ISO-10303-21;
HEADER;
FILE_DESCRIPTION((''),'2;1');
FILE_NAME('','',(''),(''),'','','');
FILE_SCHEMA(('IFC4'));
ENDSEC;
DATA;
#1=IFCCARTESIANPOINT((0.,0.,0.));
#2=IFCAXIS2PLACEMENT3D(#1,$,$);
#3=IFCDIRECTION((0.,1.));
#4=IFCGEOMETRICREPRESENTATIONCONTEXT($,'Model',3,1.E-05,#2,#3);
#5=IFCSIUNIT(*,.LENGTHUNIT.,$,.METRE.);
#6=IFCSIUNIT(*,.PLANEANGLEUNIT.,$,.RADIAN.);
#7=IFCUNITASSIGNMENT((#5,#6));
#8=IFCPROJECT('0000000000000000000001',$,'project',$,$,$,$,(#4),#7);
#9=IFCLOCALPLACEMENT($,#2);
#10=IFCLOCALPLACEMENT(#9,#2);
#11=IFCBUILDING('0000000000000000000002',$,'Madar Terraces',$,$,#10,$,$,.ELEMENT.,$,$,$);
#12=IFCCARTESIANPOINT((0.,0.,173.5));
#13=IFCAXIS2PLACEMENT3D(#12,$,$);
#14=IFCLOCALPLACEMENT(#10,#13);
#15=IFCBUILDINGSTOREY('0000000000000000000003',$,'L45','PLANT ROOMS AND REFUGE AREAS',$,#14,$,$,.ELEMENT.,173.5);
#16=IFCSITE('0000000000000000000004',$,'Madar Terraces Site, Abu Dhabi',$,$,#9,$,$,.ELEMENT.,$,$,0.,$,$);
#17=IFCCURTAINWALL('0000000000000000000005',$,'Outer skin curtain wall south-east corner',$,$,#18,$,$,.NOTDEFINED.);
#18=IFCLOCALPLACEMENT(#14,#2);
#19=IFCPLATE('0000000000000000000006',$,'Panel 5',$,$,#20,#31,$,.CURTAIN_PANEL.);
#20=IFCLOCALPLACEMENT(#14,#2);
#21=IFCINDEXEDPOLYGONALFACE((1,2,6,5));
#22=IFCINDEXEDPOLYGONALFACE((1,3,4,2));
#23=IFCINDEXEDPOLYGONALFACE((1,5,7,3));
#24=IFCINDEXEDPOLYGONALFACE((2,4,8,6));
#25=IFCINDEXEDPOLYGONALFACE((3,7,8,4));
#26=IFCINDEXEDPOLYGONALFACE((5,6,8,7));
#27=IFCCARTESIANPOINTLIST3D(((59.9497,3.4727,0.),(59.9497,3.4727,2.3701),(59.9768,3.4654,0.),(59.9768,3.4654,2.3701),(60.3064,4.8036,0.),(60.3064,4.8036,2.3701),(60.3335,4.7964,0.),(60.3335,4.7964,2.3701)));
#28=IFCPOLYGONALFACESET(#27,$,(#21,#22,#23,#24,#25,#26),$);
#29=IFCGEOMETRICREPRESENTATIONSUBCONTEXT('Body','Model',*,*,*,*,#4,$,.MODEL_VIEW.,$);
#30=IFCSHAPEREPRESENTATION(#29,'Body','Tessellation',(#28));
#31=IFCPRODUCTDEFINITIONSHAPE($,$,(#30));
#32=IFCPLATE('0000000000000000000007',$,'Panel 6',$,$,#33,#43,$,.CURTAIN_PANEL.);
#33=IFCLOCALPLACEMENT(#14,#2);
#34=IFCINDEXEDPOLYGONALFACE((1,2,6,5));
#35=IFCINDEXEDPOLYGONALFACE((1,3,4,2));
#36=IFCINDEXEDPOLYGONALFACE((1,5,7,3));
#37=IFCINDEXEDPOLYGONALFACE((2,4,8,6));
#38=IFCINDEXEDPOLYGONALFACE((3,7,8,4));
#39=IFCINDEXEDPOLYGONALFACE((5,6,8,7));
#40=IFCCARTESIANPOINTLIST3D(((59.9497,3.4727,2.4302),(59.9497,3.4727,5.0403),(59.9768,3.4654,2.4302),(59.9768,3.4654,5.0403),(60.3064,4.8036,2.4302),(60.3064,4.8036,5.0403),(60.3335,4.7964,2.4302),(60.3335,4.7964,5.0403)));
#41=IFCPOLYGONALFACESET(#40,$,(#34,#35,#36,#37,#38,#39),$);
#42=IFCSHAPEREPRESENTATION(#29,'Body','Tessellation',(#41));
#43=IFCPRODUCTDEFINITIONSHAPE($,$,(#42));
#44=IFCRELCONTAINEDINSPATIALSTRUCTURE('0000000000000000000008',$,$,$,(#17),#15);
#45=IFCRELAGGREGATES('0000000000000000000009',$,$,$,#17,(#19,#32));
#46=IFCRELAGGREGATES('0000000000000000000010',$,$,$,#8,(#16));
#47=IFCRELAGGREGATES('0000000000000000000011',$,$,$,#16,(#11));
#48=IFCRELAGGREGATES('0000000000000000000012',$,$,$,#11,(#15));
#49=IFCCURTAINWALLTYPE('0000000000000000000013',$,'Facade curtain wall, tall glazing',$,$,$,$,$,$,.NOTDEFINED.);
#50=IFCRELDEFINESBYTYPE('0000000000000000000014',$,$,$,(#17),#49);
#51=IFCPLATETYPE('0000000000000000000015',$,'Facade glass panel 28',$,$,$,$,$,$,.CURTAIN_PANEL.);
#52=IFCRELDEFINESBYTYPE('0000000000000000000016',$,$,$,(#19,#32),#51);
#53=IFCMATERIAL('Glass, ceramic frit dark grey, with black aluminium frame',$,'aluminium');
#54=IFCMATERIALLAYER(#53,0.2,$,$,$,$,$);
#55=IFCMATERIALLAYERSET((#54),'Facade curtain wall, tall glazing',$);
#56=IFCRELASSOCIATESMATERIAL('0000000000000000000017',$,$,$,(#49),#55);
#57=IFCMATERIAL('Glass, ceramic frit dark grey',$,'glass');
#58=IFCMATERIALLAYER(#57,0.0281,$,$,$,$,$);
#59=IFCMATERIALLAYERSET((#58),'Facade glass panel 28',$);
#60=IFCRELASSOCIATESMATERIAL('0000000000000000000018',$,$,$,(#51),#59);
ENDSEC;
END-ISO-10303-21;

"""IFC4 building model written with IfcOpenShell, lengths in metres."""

from ifc_helpers import new_model, si_unit, direction, frame, origin, origin_2d, place, context, subcontext, project, spatial, rectangle, extrude, material, layer, layer_set, type_object, element, aggregate, save


model = new_model("IFC4")

# Units and contexts
model_context = context("Model", 3, precision=1e-05, world=origin(), true_north=direction((0.0, 1.0)))
body_context = subcontext(model_context, "Body", "Model", "MODEL_VIEW")
ifc_project = project(units=[si_unit("LENGTHUNIT", "METRE"), si_unit("PLANEANGLEUNIT", "RADIAN")], contexts=[model_context])

# Site, building, storey
site_placement = place(None, origin())
site = spatial("IfcSite", under=ifc_project, at=site_placement, Name="Madar Terraces Site, Abu Dhabi", CompositionType="ELEMENT", RefElevation=0.0)
building_placement = place(site_placement, origin())
building = spatial("IfcBuilding", under=site, at=building_placement, Name="Madar Terraces", CompositionType="ELEMENT")
storey_placement = place(building_placement, frame((0.0, 0.0, 173.5)))
storey = spatial("IfcBuildingStorey", under=building, at=storey_placement, Name="L45", Description="PLANT ROOMS AND REFUGE AREAS", CompositionType="ELEMENT", Elevation=173.5)

# Curtain wall
ifc_material_1 = material(Name="Glass, ceramic frit dark grey, with black aluminium frame", Category="aluminium")
ifc_layer_1 = layer(ifc_material_1, 0.2)
ifc_layer_set_1 = layer_set([ifc_layer_1], Name="Facade curtain wall, tall glazing")
curtain_wall_type = type_object("IfcCurtainWallType", Name="Facade curtain wall, tall glazing", PredefinedType="NOTDEFINED", material=ifc_layer_set_1)
curtain_wall_1_placement = place(storey_placement, origin())
curtain_wall_1 = element("IfcCurtainWall", 1, at=curtain_wall_1_placement, inside=storey, type_object=curtain_wall_type, Name="Outer skin curtain wall south-east corner", PredefinedType="NOTDEFINED")

# Plates
ifc_material_2 = material(Name="Glass, ceramic frit dark grey", Category="glass")
ifc_layer_2 = layer(ifc_material_2, 0.0281)
ifc_layer_set_2 = layer_set([ifc_layer_2], Name="Facade glass panel 28")
plate_type = type_object("IfcPlateType", Name="Facade glass panel 28", PredefinedType="CURTAIN_PANEL", material=ifc_layer_set_2)
plate_1_placement = place(storey_placement, frame((60.1416, 4.1345, 0.0), z_axis=(0.0, 0.0, 1.0), x_axis=(0.258819, 0.965926, 0.0)))
plate_1 = element("IfcPlate", 2, at=plate_1_placement, type_object=plate_type, Name="Panel 5", PredefinedType="CURTAIN_PANEL", context=body_context, shape_type="SweptSolid", body=[
    extrude(rectangle(XDim=1.3779, YDim=0.0281, at=origin_2d()), origin(), (0.0, 0.0, 1.0), 2.3701),
])
plate_2_placement = place(storey_placement, frame((60.1416, 4.1345, 2.4302), z_axis=(0.0, 0.0, 1.0), x_axis=(0.258819, 0.965926, 0.0)))
plate_2 = element("IfcPlate", 3, at=plate_2_placement, type_object=plate_type, Name="Panel 6", PredefinedType="CURTAIN_PANEL", context=body_context, shape_type="SweptSolid", body=[
    extrude(rectangle(XDim=1.3779, YDim=0.0281, at=origin_2d()), origin(), (0.0, 0.0, 1.0), 2.6101),
])
aggregate(curtain_wall_1, [plate_1, plate_2])

save(model, "model.ifc")
